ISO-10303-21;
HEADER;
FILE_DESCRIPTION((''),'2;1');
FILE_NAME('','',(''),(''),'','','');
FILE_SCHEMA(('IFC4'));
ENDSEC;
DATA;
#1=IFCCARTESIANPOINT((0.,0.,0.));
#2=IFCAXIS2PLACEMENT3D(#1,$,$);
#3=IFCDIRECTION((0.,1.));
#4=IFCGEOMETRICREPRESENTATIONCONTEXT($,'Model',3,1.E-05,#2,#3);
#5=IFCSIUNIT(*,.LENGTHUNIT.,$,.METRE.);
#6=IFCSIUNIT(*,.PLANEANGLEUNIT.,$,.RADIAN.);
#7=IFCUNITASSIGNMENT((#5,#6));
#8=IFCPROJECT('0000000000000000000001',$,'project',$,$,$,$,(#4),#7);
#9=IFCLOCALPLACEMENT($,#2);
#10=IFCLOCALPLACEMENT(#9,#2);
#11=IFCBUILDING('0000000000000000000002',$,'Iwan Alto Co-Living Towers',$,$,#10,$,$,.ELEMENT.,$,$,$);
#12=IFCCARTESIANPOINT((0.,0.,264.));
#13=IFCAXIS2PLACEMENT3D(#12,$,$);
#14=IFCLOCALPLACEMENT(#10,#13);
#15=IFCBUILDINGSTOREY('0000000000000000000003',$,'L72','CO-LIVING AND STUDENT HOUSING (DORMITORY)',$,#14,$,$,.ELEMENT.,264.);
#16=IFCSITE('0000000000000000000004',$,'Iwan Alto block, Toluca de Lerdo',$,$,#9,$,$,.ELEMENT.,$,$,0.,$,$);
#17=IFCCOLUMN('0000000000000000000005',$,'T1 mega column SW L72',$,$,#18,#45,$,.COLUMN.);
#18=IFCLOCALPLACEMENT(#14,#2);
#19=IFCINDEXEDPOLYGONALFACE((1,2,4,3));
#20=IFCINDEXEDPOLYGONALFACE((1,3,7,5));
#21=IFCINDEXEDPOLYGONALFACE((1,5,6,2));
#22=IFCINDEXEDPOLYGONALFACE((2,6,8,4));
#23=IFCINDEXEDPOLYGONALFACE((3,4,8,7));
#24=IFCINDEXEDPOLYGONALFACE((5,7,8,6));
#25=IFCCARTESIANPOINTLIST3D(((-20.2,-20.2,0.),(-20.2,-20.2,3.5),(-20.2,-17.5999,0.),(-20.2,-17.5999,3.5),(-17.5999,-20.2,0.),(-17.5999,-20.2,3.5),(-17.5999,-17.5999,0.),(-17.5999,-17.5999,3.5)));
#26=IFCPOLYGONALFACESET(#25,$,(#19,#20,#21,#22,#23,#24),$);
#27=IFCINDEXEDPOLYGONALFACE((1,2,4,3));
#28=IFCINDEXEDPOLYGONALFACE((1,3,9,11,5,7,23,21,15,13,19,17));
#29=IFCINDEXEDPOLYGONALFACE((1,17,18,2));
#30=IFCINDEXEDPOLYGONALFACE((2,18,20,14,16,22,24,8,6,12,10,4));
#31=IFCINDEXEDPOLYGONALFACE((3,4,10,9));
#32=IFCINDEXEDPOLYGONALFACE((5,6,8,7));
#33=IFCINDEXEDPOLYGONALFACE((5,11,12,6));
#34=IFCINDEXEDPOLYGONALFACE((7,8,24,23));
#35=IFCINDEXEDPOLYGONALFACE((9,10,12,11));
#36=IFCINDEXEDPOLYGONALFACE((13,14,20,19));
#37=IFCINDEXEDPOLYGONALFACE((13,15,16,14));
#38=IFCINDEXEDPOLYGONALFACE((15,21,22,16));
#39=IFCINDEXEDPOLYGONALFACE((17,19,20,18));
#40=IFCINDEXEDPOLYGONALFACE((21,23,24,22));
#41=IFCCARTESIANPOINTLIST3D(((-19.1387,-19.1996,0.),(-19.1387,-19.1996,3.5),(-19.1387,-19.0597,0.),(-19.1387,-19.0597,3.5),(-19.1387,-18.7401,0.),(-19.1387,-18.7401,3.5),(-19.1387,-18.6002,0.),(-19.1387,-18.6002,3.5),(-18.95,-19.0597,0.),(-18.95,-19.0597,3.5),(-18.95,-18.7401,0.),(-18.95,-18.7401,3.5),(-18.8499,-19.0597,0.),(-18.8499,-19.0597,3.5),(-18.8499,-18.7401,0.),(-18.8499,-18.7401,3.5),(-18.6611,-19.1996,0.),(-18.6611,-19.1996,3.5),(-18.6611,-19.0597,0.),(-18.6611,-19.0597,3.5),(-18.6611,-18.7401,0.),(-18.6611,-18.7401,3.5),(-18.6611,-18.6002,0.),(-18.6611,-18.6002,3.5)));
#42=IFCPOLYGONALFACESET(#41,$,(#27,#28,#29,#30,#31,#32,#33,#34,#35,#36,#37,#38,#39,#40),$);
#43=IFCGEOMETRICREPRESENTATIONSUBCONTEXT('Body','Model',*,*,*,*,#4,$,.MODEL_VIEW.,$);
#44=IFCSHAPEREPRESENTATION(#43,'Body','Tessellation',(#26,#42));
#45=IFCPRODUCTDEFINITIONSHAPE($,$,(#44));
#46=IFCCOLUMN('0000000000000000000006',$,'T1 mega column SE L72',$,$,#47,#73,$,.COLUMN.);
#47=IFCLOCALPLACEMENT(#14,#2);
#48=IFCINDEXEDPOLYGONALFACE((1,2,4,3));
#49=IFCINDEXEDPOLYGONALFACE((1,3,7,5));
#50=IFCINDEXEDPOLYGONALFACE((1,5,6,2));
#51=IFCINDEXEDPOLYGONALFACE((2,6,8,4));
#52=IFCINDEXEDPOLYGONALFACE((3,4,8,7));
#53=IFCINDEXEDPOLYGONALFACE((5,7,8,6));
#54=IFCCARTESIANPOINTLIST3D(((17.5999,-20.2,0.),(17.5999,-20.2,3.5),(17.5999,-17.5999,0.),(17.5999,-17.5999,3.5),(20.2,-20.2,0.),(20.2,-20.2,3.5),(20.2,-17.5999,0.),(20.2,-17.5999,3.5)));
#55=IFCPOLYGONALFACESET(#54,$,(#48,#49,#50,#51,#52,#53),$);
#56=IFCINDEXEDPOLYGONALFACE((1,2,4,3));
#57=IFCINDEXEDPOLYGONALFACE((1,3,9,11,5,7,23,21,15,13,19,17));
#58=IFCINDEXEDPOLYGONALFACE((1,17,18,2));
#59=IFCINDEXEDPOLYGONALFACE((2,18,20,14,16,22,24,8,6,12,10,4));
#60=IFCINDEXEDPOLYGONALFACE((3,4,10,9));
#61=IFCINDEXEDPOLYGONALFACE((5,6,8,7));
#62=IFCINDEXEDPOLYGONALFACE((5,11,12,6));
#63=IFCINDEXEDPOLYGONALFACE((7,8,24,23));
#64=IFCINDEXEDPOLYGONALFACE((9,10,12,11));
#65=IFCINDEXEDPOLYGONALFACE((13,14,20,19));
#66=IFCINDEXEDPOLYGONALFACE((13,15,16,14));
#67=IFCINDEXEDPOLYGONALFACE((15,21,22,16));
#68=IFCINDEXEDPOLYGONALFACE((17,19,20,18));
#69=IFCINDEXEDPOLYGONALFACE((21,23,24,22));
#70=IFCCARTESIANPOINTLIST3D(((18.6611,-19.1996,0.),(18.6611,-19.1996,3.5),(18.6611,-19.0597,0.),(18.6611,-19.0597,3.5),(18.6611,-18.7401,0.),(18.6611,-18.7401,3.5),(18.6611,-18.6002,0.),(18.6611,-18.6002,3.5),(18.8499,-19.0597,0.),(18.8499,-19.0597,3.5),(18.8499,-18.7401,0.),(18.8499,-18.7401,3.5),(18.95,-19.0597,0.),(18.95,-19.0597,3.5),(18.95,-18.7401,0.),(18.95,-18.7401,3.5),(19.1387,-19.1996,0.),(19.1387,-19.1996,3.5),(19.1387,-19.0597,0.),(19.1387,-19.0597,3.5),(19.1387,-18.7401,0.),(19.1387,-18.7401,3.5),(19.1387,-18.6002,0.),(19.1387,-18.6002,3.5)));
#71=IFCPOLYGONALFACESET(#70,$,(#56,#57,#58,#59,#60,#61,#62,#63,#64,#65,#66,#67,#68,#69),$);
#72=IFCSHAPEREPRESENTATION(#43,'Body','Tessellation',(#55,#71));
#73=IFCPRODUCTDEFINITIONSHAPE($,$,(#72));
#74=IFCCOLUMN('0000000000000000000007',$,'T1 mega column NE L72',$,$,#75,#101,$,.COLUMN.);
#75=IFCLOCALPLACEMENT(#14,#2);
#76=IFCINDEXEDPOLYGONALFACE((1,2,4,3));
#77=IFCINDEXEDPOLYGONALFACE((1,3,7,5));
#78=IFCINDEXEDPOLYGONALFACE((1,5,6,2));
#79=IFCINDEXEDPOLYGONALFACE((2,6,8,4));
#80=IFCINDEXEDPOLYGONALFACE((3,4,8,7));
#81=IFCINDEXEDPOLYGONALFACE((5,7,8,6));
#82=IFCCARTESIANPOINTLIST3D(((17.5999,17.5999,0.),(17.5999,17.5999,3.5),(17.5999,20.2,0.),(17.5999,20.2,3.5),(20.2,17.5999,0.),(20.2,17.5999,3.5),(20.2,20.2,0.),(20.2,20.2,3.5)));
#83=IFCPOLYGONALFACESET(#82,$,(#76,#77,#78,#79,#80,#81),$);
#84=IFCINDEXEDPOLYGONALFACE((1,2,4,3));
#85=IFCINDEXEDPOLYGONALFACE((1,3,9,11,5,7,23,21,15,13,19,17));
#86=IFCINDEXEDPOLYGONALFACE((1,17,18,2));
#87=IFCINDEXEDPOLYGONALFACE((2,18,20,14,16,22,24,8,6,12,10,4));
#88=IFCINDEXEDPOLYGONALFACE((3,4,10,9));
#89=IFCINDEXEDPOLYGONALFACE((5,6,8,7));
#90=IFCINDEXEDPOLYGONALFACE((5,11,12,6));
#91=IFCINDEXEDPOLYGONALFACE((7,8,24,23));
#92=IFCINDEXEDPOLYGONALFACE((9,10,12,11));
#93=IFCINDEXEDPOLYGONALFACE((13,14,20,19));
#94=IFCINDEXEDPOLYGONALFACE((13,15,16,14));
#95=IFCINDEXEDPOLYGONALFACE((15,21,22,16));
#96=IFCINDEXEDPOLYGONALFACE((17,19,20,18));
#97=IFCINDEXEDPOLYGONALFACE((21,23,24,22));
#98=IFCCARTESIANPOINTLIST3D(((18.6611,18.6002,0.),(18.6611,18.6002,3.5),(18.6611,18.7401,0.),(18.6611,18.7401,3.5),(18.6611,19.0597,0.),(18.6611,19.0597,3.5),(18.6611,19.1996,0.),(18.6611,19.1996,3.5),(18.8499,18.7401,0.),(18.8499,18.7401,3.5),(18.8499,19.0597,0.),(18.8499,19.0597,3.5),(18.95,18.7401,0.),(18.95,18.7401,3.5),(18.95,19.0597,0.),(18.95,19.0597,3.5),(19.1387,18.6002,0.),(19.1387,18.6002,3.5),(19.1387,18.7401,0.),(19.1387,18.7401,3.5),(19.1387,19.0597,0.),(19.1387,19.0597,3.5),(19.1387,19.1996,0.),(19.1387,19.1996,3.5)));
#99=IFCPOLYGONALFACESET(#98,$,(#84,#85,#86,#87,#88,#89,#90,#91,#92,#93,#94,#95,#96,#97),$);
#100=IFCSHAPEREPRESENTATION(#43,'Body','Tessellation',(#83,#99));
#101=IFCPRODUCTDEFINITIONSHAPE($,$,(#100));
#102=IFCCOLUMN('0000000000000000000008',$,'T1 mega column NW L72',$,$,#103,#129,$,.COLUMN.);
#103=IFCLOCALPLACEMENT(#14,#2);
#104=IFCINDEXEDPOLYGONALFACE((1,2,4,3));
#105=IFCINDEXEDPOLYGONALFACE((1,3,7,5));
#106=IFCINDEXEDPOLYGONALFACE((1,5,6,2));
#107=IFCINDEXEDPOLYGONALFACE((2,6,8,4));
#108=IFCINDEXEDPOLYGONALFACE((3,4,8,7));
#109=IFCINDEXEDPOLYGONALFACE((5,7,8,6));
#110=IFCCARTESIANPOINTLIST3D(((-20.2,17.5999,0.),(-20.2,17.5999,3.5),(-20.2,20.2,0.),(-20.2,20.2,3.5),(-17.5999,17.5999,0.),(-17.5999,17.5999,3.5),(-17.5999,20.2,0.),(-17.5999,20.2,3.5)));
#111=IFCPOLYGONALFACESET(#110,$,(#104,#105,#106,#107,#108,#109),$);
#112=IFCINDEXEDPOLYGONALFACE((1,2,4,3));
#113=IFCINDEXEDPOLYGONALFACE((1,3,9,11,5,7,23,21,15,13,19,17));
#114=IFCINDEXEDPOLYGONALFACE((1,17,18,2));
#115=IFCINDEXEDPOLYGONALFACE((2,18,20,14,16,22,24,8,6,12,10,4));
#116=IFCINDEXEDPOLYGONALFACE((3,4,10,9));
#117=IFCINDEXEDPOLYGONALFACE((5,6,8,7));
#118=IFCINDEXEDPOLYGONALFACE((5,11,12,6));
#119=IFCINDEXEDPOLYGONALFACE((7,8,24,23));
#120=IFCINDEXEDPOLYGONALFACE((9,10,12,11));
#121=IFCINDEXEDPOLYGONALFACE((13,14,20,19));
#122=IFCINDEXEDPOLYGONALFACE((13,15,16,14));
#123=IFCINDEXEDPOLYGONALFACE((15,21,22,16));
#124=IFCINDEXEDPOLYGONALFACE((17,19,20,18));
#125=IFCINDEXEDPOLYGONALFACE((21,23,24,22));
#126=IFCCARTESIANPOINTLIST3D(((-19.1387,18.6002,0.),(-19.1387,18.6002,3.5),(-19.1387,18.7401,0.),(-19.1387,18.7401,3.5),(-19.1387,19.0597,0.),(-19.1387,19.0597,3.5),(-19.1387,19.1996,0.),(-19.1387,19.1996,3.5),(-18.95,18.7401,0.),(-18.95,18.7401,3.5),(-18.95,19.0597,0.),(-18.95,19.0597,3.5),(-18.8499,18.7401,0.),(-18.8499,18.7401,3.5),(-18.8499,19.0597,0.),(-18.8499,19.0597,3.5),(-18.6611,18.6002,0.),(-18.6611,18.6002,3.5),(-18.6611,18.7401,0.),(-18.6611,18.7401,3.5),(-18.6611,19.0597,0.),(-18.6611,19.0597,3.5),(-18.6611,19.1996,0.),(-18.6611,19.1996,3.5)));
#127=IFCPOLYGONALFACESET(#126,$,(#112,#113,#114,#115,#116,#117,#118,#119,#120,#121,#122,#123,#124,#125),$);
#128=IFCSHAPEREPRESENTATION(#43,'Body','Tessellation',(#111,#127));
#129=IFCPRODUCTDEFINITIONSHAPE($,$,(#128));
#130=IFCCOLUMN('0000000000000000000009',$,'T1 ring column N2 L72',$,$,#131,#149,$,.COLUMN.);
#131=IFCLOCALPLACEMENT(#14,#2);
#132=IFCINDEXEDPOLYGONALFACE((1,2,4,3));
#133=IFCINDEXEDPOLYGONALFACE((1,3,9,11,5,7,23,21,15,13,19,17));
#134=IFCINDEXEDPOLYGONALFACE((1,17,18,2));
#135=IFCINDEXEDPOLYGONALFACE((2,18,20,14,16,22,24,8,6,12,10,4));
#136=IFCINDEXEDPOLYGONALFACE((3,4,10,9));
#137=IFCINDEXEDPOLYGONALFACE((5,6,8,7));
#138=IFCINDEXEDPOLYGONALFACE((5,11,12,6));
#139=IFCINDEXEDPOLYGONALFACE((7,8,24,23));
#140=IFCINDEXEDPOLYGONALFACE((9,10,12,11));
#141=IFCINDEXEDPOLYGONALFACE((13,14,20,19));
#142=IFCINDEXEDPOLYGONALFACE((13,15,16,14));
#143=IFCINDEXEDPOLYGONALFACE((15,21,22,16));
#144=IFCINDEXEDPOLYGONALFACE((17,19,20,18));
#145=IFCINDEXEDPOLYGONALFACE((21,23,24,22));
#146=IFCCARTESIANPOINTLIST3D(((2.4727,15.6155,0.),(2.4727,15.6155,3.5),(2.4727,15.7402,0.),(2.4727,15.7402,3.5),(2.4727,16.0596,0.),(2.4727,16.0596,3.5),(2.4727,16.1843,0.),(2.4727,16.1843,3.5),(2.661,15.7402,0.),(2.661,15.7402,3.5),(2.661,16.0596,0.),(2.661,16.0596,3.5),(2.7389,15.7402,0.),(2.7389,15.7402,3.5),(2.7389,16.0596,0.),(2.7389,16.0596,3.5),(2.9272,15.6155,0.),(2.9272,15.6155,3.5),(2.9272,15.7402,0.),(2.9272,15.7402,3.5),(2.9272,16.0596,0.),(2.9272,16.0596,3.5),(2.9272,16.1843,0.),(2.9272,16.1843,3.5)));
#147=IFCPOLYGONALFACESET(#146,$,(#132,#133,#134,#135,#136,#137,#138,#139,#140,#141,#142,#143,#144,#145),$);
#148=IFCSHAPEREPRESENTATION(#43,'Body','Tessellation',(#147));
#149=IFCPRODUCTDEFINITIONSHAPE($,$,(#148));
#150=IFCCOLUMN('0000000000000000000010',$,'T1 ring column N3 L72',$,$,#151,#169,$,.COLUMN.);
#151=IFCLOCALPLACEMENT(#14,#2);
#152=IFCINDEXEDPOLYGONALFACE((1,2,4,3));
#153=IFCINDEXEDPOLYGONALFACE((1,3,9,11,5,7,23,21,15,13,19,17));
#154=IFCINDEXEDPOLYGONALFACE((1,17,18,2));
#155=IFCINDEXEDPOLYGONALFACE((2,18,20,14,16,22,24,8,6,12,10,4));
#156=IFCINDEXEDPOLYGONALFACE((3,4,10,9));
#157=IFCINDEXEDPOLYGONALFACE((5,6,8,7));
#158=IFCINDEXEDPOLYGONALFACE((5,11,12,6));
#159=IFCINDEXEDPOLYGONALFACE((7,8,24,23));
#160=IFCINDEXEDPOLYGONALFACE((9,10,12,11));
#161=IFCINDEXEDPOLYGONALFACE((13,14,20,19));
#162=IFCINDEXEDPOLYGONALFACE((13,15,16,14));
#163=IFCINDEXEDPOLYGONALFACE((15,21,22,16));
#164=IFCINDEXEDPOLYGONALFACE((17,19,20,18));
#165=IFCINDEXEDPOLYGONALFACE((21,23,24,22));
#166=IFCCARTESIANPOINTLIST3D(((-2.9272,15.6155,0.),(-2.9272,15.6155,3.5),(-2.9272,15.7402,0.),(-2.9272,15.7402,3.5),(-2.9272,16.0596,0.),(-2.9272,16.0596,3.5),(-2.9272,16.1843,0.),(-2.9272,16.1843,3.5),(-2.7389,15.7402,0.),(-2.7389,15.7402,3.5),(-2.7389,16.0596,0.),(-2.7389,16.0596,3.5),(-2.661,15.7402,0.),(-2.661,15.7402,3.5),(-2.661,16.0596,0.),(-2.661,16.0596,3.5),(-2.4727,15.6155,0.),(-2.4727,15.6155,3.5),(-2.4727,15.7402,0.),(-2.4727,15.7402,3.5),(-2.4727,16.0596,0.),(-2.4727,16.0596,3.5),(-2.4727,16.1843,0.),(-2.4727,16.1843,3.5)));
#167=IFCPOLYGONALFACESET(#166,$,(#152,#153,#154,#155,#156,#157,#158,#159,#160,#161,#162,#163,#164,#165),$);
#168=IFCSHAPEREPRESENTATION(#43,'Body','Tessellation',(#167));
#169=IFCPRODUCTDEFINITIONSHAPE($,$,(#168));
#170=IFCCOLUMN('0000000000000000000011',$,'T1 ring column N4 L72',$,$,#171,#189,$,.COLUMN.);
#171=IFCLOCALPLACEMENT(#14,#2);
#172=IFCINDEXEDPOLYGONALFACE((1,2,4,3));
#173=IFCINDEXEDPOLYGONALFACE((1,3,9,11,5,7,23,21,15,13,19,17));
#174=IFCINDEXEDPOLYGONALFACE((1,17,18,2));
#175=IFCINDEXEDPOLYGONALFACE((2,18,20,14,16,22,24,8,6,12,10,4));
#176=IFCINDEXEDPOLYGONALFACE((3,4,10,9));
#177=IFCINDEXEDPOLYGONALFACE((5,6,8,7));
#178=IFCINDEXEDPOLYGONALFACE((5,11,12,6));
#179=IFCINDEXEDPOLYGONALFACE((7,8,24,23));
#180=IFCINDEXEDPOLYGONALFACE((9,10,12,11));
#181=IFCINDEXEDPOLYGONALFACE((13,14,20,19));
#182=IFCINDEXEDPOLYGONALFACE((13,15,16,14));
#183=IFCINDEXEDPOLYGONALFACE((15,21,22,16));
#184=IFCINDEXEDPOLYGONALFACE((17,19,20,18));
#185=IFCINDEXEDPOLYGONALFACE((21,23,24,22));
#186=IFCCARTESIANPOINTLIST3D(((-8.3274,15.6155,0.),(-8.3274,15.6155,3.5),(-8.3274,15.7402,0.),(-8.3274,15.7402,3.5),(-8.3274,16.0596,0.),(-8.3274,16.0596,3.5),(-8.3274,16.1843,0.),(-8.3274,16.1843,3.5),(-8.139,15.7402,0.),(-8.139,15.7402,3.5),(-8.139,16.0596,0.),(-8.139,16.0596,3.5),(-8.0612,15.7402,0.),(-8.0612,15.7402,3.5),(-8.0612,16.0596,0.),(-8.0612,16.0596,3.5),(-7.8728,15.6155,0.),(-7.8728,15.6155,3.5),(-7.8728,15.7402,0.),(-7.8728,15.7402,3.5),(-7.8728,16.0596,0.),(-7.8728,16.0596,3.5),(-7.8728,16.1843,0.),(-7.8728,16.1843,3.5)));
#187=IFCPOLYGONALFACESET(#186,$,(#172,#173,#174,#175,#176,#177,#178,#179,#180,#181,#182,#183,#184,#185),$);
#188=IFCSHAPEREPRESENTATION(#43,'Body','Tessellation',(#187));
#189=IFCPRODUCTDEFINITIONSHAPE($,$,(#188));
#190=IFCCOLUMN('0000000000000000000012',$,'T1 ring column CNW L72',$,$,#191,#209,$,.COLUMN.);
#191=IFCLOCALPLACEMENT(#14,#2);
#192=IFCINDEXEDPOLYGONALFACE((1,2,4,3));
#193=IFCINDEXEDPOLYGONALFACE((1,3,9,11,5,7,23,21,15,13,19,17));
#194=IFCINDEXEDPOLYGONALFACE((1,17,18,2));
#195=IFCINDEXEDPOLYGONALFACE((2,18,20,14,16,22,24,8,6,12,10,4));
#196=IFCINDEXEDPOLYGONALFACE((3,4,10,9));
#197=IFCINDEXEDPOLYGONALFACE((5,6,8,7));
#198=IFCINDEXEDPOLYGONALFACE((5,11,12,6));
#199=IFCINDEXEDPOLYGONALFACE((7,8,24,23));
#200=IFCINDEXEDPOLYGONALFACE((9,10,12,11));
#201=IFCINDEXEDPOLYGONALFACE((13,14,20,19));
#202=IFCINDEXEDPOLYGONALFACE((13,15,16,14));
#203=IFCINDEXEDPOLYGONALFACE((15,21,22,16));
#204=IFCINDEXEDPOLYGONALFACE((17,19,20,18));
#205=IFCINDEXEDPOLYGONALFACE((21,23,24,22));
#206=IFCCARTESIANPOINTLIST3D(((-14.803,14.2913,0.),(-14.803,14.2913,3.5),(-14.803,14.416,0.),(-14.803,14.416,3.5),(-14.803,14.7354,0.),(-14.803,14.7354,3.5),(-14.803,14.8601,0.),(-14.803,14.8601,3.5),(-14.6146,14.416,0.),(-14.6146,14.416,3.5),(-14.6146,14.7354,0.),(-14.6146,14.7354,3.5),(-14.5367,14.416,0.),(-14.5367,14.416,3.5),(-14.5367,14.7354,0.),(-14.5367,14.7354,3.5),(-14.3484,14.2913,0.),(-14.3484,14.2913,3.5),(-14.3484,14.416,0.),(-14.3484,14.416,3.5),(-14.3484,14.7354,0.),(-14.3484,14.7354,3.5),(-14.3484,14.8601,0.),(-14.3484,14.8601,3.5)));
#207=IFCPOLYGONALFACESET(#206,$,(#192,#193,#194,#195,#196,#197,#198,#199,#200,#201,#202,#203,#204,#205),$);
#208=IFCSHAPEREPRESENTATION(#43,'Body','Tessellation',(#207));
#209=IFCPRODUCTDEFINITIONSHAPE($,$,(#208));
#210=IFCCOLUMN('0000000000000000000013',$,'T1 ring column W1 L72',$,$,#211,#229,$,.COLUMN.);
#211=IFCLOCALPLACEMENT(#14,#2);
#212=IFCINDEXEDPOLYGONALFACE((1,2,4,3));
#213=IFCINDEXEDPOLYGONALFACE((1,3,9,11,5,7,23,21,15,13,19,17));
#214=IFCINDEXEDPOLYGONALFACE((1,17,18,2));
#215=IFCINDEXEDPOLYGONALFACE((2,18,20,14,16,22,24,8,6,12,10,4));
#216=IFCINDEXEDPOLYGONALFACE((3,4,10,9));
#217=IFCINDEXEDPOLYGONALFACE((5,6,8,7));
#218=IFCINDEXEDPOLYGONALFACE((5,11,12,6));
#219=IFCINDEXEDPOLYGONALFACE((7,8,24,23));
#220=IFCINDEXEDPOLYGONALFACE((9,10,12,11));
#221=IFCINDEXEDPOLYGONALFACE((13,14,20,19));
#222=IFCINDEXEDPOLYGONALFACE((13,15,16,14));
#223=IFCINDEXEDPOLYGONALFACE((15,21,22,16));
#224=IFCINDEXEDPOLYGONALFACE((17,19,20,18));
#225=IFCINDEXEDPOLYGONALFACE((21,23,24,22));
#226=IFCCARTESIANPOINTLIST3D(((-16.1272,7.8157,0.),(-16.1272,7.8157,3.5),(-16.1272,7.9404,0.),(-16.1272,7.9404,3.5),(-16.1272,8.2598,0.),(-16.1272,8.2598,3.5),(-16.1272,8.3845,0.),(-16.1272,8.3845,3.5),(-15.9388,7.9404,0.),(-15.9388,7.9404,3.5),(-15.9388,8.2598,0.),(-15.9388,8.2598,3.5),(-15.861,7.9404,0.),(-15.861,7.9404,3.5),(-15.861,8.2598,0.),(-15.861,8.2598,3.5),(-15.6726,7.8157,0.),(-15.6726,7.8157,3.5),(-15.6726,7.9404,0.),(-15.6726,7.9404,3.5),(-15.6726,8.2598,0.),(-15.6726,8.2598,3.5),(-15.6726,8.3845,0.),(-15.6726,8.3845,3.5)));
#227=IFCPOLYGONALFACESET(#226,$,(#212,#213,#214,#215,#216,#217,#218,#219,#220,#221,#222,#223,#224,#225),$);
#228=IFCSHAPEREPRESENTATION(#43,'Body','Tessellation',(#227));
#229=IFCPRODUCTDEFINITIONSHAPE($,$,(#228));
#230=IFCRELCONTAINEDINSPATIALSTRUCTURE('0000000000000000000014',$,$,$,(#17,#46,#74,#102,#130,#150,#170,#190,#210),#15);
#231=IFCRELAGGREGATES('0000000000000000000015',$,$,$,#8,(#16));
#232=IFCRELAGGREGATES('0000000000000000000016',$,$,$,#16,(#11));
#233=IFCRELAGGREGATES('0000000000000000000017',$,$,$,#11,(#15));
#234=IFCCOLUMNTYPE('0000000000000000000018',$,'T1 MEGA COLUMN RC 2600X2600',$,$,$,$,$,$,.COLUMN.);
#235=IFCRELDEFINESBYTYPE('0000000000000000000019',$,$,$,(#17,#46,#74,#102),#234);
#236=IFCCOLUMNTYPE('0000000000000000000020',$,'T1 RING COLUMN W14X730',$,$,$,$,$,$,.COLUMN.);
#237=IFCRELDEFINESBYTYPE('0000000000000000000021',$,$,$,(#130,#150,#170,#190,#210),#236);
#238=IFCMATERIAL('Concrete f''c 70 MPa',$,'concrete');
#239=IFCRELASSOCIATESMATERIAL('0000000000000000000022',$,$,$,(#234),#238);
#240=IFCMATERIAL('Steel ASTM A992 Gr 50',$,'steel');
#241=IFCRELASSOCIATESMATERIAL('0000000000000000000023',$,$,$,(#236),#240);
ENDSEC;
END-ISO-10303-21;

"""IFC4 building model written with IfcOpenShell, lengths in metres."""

from ifc_helpers import new_model, si_unit, direction, frame, origin, origin_2d, place, context, subcontext, project, spatial, rectangle, i_section, extrude, material, material_profile, profile_set, type_object, element, save


model = new_model("IFC4")

# Units and contexts
model_context = context("Model", 3, precision=1e-05, world=origin(), true_north=direction((0.0, 1.0)))
body_context = subcontext(model_context, "Body", "Model", "MODEL_VIEW")
ifc_project = project(units=[si_unit("LENGTHUNIT", "METRE"), si_unit("PLANEANGLEUNIT", "RADIAN")], contexts=[model_context])

# Site, building, storey
site_placement = place(None, origin())
site = spatial("IfcSite", under=ifc_project, at=site_placement, Name="Iwan Alto block, Toluca de Lerdo", CompositionType="ELEMENT", RefElevation=0.0)
building_placement = place(site_placement, origin())
building = spatial("IfcBuilding", under=site, at=building_placement, Name="Iwan Alto Co-Living Towers", CompositionType="ELEMENT")
storey_placement = place(building_placement, frame((0.0, 0.0, 264.0)))
storey = spatial("IfcBuildingStorey", under=building, at=storey_placement, Name="L72", Description="CO-LIVING AND STUDENT HOUSING (DORMITORY)", CompositionType="ELEMENT", Elevation=264.0)

# Columns
ifc_material_1 = material(Name="Concrete f'c 70 MPa", Category="concrete")
ifc_material_profile_1 = material_profile(ifc_material_1, rectangle(XDim=2.6001, YDim=2.6001, at=origin_2d()), Name="RC 2600X2600")
ifc_profile_set_1 = profile_set([ifc_material_profile_1], Name="Concrete f'c 70 MPa")
column_type_1 = type_object("IfcColumnType", Name="T1 MEGA COLUMN RC 2600X2600", PredefinedType="COLUMN", material=ifc_profile_set_1)
for number, where, z_axis, x_axis, name in (
    (1, (-18.8999, -18.8999, 0.0), (0.0, 0.0, 1.0), (1.0, 0.0, 0.0), "T1 mega column SW L72"),
    (2, (18.8999, -18.8999, 0.0), (0.0, 0.0, 1.0), (1.0, 0.0, 0.0), "T1 mega column SE L72"),
    (3, (18.8999, 18.8999, 0.0), (0.0, 0.0, 1.0), (1.0, 0.0, 0.0), "T1 mega column NE L72"),
    (4, (-18.8999, 18.8999, 0.0), (0.0, 0.0, 1.0), (1.0, 0.0, 0.0), "T1 mega column NW L72"),
):
    element("IfcColumn", number, at=place(storey_placement, frame(where, z_axis=z_axis, x_axis=x_axis)), inside=storey, type_object=column_type_1, Name=name, PredefinedType="COLUMN", context=body_context, shape_type="SweptSolid", body=[
        extrude(rectangle(XDim=2.6001, YDim=2.6001, at=origin_2d()), origin(), (0.0, 0.0, 1.0), 3.5),
        extrude(i_section(OverallWidth=0.4775, OverallDepth=0.5994, WebThickness=0.1001, FlangeThickness=0.1399, at=origin_2d()), origin(), (0.0, 0.0, 1.0), 3.5),
    ])
ifc_material_2 = material(Name="Steel ASTM A992 Gr 50", Category="steel")
ifc_material_profile_2 = material_profile(ifc_material_2, i_section(OverallWidth=0.4546, OverallDepth=0.5688, WebThickness=0.0779, FlangeThickness=0.1248, at=origin_2d()), Name="W14X730")
ifc_profile_set_2 = profile_set([ifc_material_profile_2], Name="Steel ASTM A992 Gr 50")
column_type_2 = type_object("IfcColumnType", Name="T1 RING COLUMN W14X730", PredefinedType="COLUMN", material=ifc_profile_set_2)
for number, where, z_axis, x_axis, name in (
    (5, (2.7, 15.8999, 0.0), (0.0, 0.0, 1.0), (1.0, 0.0, 0.0), "T1 ring column N2 L72"),
    (6, (-2.7, 15.8999, 0.0), (0.0, 0.0, 1.0), (1.0, 0.0, 0.0), "T1 ring column N3 L72"),
    (7, (-8.1001, 15.8999, 0.0), (0.0, 0.0, 1.0), (1.0, 0.0, 0.0), "T1 ring column N4 L72"),
    (8, (-14.5757, 14.5757, 0.0), (0.0, 0.0, 1.0), (1.0, 0.0, 0.0), "T1 ring column CNW L72"),
    (9, (-15.8999, 8.1001, 0.0), (0.0, 0.0, 1.0), (1.0, 0.0, 0.0), "T1 ring column W1 L72"),
):
    element("IfcColumn", number, at=place(storey_placement, frame(where, z_axis=z_axis, x_axis=x_axis)), inside=storey, type_object=column_type_2, Name=name, PredefinedType="COLUMN", context=body_context, shape_type="SweptSolid", body=[
        extrude(i_section(OverallWidth=0.4546, OverallDepth=0.5688, WebThickness=0.0779, FlangeThickness=0.1248, at=origin_2d()), origin(), (0.0, 0.0, 1.0), 3.5),
    ])

save(model, "model.ifc")
